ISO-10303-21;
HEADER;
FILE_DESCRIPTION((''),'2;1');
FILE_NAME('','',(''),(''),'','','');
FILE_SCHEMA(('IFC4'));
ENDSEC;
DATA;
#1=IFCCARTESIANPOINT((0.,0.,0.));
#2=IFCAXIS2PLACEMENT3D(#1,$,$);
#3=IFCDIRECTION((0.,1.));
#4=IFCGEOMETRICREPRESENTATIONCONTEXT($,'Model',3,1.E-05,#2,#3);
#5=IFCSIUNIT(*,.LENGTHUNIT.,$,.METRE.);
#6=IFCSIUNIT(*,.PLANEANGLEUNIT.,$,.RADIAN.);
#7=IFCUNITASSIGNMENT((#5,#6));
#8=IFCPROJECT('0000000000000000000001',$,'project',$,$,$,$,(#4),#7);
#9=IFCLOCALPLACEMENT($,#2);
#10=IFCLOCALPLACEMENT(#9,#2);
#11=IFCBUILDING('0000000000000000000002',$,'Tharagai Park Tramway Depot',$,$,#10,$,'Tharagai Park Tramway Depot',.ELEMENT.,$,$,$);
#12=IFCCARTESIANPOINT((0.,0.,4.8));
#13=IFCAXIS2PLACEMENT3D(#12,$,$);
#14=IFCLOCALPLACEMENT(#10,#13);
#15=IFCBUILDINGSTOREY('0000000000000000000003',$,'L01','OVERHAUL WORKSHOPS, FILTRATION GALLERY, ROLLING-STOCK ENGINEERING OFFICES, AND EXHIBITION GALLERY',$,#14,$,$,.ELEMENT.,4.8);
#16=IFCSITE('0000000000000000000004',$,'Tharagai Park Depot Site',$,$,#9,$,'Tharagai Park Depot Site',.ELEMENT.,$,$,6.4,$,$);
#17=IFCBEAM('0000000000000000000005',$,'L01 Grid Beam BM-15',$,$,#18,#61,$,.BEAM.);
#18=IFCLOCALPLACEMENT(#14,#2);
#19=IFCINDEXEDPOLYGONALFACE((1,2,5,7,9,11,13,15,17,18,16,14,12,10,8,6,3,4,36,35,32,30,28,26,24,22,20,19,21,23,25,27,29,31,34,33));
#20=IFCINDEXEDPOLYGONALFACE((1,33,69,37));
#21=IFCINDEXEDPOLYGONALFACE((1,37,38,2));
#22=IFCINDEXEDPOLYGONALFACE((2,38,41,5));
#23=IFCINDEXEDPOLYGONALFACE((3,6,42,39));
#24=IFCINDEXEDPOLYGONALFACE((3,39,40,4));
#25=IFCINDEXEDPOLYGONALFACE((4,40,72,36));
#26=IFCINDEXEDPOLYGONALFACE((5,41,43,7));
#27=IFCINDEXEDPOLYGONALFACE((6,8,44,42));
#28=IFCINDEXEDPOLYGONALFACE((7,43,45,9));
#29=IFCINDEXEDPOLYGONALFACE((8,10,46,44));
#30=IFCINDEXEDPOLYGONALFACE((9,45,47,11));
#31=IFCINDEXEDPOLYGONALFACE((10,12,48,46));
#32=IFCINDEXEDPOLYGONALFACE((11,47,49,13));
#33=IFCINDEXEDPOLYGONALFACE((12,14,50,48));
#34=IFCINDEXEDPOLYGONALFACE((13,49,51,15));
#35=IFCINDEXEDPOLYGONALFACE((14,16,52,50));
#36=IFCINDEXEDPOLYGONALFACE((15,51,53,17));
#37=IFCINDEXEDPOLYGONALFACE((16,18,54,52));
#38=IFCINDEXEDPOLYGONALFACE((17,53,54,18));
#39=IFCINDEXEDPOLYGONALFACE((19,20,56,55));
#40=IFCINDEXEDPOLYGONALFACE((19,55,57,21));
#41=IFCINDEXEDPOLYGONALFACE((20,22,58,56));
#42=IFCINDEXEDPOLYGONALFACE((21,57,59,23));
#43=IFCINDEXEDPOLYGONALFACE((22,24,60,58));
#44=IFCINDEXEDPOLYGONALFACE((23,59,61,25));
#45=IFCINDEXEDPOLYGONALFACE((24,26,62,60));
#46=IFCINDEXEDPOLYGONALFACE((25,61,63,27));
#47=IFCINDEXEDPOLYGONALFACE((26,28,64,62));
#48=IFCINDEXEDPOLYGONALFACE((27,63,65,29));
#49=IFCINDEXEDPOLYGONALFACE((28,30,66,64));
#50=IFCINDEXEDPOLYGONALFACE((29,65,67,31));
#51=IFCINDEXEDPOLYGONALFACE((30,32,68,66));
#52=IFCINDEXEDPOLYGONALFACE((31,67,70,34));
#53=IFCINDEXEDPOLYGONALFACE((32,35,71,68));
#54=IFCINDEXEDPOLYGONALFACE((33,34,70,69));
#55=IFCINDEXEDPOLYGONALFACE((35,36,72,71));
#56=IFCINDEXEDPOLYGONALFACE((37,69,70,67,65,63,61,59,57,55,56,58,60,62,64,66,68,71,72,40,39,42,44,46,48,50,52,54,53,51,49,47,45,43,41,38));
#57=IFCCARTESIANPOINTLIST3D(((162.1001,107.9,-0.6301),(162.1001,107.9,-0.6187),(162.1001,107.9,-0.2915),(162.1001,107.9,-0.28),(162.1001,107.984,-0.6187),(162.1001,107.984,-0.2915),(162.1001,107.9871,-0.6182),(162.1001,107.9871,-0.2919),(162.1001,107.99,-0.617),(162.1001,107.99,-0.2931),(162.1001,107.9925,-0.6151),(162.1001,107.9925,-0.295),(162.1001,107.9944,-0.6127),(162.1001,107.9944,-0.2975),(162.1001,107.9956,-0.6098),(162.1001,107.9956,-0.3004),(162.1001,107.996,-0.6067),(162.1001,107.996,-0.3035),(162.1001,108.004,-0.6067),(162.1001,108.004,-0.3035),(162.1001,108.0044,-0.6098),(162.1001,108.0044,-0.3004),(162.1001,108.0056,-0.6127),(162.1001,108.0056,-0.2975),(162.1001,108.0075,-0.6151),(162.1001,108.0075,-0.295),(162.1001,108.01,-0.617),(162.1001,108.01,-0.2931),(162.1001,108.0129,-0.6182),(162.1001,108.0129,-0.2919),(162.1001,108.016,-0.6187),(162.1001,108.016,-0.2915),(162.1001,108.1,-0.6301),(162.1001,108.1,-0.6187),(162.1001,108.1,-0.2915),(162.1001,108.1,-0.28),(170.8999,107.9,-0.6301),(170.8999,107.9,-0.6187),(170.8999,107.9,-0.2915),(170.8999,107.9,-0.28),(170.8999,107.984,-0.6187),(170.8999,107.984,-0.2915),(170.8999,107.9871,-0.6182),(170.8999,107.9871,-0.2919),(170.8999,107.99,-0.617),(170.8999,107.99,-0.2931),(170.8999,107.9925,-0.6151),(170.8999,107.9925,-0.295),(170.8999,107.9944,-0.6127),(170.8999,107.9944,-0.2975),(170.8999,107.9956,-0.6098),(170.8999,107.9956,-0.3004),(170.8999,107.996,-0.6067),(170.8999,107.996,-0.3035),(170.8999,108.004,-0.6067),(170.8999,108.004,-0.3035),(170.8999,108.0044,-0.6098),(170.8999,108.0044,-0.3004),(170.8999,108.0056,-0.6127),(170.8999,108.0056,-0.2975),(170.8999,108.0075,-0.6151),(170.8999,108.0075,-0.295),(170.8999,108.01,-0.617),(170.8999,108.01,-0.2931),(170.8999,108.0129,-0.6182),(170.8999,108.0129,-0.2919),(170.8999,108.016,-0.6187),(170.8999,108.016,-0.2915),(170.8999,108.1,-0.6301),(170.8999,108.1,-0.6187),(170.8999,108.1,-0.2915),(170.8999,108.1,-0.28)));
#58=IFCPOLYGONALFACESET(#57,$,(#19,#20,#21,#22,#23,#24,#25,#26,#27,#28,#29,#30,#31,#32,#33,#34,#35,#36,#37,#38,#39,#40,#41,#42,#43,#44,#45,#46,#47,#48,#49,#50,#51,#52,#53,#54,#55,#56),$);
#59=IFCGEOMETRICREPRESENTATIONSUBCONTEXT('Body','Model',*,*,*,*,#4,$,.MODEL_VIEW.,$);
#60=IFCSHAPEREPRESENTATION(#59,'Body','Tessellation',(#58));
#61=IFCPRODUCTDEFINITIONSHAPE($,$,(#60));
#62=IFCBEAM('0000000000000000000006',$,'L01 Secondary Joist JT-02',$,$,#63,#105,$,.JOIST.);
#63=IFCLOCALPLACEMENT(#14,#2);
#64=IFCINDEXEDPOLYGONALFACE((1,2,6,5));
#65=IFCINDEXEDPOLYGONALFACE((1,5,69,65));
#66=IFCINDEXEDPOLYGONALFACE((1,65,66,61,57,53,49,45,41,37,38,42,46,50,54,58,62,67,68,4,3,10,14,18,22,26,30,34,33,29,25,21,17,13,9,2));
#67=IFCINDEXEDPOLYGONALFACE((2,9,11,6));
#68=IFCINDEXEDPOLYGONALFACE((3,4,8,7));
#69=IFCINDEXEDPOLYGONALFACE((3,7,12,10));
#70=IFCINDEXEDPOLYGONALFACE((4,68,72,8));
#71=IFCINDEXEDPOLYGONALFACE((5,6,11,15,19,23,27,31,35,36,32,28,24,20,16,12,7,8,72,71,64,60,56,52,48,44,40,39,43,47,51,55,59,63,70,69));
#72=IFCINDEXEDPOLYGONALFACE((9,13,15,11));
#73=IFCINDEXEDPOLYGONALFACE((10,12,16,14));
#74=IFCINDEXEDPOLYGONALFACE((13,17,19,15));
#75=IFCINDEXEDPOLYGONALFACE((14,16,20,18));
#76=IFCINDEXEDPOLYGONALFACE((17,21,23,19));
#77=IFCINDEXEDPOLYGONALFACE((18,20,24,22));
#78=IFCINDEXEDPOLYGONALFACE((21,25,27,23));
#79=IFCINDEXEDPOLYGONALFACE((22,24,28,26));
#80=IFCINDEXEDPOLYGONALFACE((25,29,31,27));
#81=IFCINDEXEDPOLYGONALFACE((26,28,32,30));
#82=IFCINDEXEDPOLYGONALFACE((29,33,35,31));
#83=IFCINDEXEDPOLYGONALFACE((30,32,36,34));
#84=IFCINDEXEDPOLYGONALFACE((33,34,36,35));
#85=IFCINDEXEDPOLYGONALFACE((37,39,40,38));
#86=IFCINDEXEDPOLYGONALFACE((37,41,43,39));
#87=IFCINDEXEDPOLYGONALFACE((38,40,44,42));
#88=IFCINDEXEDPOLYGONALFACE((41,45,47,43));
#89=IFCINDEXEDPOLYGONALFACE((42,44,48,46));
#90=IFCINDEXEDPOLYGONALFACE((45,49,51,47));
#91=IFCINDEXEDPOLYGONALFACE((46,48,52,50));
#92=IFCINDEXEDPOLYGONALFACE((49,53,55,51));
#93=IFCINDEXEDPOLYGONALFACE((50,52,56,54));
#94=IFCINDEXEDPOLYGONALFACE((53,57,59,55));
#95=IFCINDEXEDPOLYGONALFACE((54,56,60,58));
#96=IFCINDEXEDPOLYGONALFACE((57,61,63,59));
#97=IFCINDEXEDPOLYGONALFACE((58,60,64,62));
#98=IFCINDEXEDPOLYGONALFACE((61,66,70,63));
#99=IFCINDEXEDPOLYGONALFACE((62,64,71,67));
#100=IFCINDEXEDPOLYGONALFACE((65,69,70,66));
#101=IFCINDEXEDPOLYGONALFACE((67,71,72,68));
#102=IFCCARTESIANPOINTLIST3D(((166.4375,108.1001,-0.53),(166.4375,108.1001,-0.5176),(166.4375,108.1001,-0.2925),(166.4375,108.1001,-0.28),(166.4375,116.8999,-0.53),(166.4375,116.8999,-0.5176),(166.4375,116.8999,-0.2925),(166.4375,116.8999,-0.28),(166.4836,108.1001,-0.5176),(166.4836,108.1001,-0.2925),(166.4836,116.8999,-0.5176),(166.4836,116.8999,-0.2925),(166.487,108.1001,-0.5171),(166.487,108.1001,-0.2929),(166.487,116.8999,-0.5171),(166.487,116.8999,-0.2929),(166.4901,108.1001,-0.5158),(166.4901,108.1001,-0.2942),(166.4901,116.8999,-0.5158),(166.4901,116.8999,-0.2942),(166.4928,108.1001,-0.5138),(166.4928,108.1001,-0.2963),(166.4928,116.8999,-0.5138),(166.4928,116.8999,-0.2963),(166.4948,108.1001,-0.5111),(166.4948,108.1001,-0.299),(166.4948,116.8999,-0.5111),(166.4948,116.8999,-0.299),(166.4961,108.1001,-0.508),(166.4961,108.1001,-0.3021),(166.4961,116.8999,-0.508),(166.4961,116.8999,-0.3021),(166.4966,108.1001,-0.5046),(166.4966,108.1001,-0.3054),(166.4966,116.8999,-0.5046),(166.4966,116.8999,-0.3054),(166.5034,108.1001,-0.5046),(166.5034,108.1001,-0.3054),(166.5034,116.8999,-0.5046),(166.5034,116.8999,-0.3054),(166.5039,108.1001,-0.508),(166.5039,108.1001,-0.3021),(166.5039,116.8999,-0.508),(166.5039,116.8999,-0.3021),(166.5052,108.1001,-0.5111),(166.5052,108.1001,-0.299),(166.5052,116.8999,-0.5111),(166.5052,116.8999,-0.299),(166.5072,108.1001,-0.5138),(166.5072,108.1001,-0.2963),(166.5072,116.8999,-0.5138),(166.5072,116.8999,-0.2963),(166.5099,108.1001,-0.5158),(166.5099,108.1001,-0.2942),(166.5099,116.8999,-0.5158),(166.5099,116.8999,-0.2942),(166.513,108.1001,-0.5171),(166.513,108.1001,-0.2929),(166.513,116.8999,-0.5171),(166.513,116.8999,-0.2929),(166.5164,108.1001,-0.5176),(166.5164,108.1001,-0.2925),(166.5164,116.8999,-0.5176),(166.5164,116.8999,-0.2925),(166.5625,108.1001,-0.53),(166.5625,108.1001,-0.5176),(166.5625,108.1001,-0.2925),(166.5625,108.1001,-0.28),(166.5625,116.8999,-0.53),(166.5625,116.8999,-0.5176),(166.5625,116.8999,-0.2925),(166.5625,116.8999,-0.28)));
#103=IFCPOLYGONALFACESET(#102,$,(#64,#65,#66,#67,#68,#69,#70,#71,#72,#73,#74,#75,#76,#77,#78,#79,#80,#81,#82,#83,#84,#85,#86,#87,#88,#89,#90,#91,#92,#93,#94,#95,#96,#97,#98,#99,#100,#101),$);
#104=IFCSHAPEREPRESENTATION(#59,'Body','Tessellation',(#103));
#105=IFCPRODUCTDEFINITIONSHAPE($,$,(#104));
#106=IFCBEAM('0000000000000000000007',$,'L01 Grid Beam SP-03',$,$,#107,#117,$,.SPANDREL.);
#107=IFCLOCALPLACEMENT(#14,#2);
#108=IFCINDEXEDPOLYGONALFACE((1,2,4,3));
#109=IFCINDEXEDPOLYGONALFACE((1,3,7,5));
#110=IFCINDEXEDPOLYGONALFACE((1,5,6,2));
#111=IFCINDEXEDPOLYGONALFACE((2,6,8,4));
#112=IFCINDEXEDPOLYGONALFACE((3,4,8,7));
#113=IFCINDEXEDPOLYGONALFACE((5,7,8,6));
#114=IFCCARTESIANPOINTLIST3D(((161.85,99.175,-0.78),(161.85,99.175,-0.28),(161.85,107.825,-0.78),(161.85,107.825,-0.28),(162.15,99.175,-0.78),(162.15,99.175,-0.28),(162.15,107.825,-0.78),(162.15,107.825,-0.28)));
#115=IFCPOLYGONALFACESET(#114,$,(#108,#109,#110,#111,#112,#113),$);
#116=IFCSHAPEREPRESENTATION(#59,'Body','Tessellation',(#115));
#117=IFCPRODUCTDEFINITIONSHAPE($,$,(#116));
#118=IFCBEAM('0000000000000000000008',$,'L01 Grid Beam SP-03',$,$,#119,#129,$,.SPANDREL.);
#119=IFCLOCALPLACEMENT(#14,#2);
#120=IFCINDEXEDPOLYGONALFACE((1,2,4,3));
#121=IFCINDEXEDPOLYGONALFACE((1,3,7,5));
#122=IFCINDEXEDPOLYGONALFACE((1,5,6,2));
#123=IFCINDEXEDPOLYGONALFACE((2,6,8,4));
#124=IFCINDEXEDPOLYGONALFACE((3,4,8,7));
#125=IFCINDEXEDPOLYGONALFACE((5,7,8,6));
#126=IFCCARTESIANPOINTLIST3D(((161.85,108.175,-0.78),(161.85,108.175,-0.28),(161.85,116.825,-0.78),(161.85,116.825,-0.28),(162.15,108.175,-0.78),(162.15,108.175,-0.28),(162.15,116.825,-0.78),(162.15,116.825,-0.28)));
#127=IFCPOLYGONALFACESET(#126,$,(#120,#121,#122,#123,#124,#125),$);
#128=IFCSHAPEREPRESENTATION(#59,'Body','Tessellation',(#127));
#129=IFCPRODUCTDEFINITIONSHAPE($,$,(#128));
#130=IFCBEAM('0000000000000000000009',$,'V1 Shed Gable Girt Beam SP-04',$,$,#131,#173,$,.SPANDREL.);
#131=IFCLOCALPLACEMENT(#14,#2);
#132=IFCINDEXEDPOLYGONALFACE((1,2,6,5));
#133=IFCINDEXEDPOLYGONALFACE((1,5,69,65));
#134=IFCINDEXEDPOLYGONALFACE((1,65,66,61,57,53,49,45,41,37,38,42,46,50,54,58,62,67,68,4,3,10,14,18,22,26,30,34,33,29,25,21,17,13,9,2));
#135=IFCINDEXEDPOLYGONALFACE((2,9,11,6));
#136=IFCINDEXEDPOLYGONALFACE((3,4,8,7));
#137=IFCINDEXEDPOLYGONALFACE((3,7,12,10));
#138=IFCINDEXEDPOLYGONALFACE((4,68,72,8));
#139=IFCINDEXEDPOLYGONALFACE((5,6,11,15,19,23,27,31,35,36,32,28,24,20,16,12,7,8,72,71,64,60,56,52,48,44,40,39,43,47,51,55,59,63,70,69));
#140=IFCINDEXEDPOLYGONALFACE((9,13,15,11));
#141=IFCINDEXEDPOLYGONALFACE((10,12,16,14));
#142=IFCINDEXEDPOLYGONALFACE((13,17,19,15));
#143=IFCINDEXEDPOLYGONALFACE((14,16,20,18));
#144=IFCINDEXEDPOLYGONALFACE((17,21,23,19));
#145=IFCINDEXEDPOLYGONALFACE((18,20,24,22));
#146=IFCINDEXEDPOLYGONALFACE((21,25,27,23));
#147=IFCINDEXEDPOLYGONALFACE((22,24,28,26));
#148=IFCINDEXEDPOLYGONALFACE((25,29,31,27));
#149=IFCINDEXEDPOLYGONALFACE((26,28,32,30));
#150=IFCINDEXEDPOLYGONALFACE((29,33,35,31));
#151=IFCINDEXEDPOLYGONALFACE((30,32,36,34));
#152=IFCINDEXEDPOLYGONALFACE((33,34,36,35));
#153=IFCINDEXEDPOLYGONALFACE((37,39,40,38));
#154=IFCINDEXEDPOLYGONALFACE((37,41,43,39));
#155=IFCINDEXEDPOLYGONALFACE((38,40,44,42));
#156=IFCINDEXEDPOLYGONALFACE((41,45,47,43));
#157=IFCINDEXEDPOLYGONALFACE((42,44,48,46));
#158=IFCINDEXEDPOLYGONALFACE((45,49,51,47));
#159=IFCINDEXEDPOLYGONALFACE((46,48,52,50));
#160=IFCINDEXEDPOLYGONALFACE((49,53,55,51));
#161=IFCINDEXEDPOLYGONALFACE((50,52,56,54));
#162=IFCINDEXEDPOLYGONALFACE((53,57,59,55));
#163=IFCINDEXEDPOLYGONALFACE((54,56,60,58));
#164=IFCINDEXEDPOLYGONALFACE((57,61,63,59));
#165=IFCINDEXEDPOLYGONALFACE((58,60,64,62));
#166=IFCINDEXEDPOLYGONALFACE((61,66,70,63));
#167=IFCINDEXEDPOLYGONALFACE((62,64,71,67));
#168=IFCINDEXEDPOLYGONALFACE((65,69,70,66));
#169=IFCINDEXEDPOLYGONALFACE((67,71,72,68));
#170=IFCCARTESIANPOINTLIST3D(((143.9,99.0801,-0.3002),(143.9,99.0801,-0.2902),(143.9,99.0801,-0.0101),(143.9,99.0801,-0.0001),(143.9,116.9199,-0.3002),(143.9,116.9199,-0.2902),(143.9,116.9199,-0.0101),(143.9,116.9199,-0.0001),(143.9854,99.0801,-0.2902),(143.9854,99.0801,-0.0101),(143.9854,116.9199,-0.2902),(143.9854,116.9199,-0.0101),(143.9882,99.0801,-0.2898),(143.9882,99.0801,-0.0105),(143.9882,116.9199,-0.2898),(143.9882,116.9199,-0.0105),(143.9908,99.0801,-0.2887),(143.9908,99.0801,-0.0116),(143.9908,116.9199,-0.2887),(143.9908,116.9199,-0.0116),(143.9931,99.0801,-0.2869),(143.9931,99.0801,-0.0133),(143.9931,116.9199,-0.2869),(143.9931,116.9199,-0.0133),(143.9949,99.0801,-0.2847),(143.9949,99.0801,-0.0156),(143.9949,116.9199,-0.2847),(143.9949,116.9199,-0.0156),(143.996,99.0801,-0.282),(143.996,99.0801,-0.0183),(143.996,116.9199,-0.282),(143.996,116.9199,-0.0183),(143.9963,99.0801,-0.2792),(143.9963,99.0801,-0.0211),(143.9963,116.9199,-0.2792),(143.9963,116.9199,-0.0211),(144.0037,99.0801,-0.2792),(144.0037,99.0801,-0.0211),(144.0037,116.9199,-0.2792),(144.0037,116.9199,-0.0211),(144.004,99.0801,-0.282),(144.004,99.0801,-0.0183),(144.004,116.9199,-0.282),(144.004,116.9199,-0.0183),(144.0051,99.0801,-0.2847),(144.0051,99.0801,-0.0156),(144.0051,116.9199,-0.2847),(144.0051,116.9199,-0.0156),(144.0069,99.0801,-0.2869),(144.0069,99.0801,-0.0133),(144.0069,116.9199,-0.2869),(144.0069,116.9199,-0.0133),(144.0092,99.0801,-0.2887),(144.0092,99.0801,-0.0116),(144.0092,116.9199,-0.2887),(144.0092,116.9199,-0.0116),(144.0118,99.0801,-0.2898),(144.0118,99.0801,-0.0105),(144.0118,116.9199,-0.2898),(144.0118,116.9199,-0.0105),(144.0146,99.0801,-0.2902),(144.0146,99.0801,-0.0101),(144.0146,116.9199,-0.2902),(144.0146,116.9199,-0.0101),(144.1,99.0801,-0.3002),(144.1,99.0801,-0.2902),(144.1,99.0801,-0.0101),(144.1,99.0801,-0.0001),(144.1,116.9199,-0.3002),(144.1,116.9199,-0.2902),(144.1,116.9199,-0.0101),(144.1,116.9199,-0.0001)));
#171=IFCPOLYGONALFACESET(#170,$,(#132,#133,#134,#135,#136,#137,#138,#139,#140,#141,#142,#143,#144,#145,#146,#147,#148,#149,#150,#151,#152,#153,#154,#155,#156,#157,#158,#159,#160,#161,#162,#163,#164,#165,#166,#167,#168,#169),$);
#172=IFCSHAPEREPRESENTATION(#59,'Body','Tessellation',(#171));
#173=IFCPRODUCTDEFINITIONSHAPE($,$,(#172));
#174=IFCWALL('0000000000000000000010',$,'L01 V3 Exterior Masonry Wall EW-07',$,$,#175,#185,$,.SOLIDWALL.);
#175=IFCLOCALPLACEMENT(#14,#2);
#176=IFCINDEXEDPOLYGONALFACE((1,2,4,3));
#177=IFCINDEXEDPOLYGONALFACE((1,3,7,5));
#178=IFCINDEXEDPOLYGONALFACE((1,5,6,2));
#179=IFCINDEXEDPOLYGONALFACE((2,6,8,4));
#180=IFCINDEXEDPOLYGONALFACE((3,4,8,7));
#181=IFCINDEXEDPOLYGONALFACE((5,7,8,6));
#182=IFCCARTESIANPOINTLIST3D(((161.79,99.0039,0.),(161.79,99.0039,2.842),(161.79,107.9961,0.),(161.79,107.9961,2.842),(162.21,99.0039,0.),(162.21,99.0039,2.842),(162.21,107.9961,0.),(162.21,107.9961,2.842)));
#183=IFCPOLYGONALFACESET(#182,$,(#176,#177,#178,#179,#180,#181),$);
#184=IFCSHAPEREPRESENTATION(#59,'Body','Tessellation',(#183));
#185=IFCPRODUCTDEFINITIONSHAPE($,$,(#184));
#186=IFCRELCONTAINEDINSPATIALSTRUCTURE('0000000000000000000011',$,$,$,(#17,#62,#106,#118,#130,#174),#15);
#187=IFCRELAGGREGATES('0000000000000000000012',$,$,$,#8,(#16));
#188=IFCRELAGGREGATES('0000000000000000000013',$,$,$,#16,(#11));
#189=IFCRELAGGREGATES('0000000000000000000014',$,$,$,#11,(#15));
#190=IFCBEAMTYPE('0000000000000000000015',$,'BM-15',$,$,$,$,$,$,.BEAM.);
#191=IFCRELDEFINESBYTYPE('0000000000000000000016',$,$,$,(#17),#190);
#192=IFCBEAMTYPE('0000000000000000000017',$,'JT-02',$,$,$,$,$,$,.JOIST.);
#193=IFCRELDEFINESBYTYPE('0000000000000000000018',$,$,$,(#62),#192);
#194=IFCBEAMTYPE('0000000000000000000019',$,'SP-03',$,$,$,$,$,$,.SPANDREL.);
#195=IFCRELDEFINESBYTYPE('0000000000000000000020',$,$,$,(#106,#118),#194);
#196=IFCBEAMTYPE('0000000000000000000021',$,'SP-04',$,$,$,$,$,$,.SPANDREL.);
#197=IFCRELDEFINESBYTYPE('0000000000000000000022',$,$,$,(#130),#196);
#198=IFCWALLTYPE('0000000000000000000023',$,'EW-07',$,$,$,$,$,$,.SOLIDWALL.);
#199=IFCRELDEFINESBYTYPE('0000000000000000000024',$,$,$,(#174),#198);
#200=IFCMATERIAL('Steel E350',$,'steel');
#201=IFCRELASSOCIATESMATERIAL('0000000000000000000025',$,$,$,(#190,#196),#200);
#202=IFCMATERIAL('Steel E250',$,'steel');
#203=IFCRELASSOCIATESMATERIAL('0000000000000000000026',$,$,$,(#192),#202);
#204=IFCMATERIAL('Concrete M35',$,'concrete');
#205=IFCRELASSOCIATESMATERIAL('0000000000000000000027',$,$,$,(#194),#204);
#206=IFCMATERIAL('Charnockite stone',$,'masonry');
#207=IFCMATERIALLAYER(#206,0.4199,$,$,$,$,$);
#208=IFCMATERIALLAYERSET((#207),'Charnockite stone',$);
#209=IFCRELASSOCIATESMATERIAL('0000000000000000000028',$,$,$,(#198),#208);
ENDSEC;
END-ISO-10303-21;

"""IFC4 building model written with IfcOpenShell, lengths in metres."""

from ifc_helpers import new_model, si_unit, direction, frame, frame_2d, origin, origin_2d, place, context, subcontext, project, spatial, rectangle, i_section, extrude, material, layer, layer_set, material_profile, profile_set, type_object, element, save


model = new_model("IFC4")

# Units and contexts
model_context = context("Model", 3, precision=1e-05, world=origin(), true_north=direction((0.0, 1.0)))
body_context = subcontext(model_context, "Body", "Model", "MODEL_VIEW")
ifc_project = project(units=[si_unit("LENGTHUNIT", "METRE"), si_unit("PLANEANGLEUNIT", "RADIAN")], contexts=[model_context])

# Site, building, storey
site_placement = place(None, origin())
site = spatial("IfcSite", under=ifc_project, at=site_placement, Name="Tharagai Park Depot Site", LongName="Tharagai Park Depot Site", CompositionType="ELEMENT", RefElevation=6.4)
building_placement = place(site_placement, origin())
building = spatial("IfcBuilding", under=site, at=building_placement, Name="Tharagai Park Tramway Depot", LongName="Tharagai Park Tramway Depot", CompositionType="ELEMENT")
storey_placement = place(building_placement, frame((0.0, 0.0, 4.8)))
storey = spatial("IfcBuildingStorey", under=building, at=storey_placement, Name="L01", Description="OVERHAUL WORKSHOPS, FILTRATION GALLERY, ROLLING-STOCK ENGINEERING OFFICES, AND EXHIBITION GALLERY", CompositionType="ELEMENT", Elevation=4.8)

# Shared definitions
ifc_material_1 = material(Name="Steel E350", Category="steel")

# Beams
ifc_material_profile_1 = material_profile(ifc_material_1, i_section(OverallWidth=0.2, OverallDepth=0.3501, WebThickness=0.0081, FlangeThickness=0.0115, FilletRadius=0.012, at=origin_2d()), Name="ISWB 350")
ifc_profile_set_1 = profile_set([ifc_material_profile_1], Name="Steel E350")
beam_type_1 = type_object("IfcBeamType", Name="BM-15", PredefinedType="BEAM", material=ifc_profile_set_1)
beam_1_placement = place(storey_placement, frame((162.1001, 108.0, -0.4551), z_axis=(1.0, 0.0, 0.0), x_axis=(0.0, 1.0, 0.0)))
element("IfcBeam", 1, at=beam_1_placement, inside=storey, type_object=beam_type_1, Name="L01 Grid Beam BM-15", PredefinedType="BEAM", context=body_context, shape_type="SweptSolid", body=[
    extrude(i_section(OverallWidth=0.2, OverallDepth=0.3501, WebThickness=0.0081, FlangeThickness=0.0115, FilletRadius=0.012, at=origin_2d()), origin(), (0.0, 0.0, 1.0), 8.7998),
])
ifc_material_2 = material(Name="Steel E250", Category="steel")
ifc_material_profile_2 = material_profile(ifc_material_2, i_section(OverallWidth=0.125, OverallDepth=0.25, WebThickness=0.0068, FlangeThickness=0.0125, FilletRadius=0.0129, at=origin_2d()), Name="ISMB 250")
ifc_profile_set_2 = profile_set([ifc_material_profile_2], Name="Steel E250")
beam_type_2 = type_object("IfcBeamType", Name="JT-02", PredefinedType="JOIST", material=ifc_profile_set_2)
beam_2_placement = place(storey_placement, frame((166.5, 108.1001, -0.405), z_axis=(0.0, 1.0, 0.0), x_axis=(-1.0, 0.0, 0.0)))
element("IfcBeam", 2, at=beam_2_placement, inside=storey, type_object=beam_type_2, Name="L01 Secondary Joist JT-02", PredefinedType="JOIST", context=body_context, shape_type="SweptSolid", body=[
    extrude(i_section(OverallWidth=0.125, OverallDepth=0.25, WebThickness=0.0068, FlangeThickness=0.0125, FilletRadius=0.0129, at=origin_2d()), origin(), (0.0, 0.0, 1.0), 8.7998),
])
ifc_material_3 = material(Name="Concrete M35", Category="concrete")
ifc_material_profile_3 = material_profile(ifc_material_3, rectangle(XDim=0.3, YDim=0.5, at=origin_2d()), Name="RC 300x500")
ifc_profile_set_3 = profile_set([ifc_material_profile_3], Name="Concrete M35")
beam_type_3 = type_object("IfcBeamType", Name="SP-03", PredefinedType="SPANDREL", material=ifc_profile_set_3)
for number, where, z_axis, x_axis, name in (
    (3, (162.0, 99.175, -0.53), (0.0, 1.0, 0.0), (-1.0, 0.0, 0.0), "L01 Grid Beam SP-03"),
    (4, (162.0, 108.175, -0.53), (0.0, 1.0, 0.0), (-1.0, 0.0, 0.0), "L01 Grid Beam SP-03"),
):
    element("IfcBeam", number, at=place(storey_placement, frame(where, z_axis=z_axis, x_axis=x_axis)), inside=storey, type_object=beam_type_3, Name=name, PredefinedType="SPANDREL", context=body_context, shape_type="SweptSolid", body=[
        extrude(rectangle(XDim=0.3, YDim=0.5, at=origin_2d()), origin(), (0.0, 0.0, 1.0), 8.6499),
    ])
ifc_material_profile_4 = material_profile(ifc_material_1, i_section(OverallWidth=0.2, OverallDepth=0.3, WebThickness=0.0073, FlangeThickness=0.01, FilletRadius=0.011, at=origin_2d()), Name="ISWB 300")
ifc_profile_set_4 = profile_set([ifc_material_profile_4], Name="Steel E350")
beam_type_4 = type_object("IfcBeamType", Name="SP-04", PredefinedType="SPANDREL", material=ifc_profile_set_4)
beam_3_placement = place(storey_placement, frame((144.0, 99.0801, -0.1501), z_axis=(0.0, 1.0, 0.0), x_axis=(-1.0, 0.0, 0.0)))
element("IfcBeam", 5, at=beam_3_placement, inside=storey, type_object=beam_type_4, Name="V1 Shed Gable Girt Beam SP-04", PredefinedType="SPANDREL", context=body_context, shape_type="SweptSolid", body=[
    extrude(i_section(OverallWidth=0.2, OverallDepth=0.3, WebThickness=0.0073, FlangeThickness=0.01, FilletRadius=0.011, at=origin_2d()), origin(), (0.0, 0.0, 1.0), 17.8398),
])

# Wall
ifc_material_4 = material(Name="Charnockite stone", Category="masonry")
ifc_layer_1 = layer(ifc_material_4, 0.4199)
ifc_layer_set_1 = layer_set([ifc_layer_1], Name="Charnockite stone")
wall_type_1 = type_object("IfcWallType", Name="EW-07", PredefinedType="SOLIDWALL", material=ifc_layer_set_1)
wall_1_placement = place(storey_placement, frame((162.0, 99.0039, 0.0), z_axis=(0.0, 0.0, 1.0), x_axis=(0.0, 1.0, 0.0)))
element("IfcWall", 6, at=wall_1_placement, inside=storey, type_object=wall_type_1, Name="L01 V3 Exterior Masonry Wall EW-07", PredefinedType="SOLIDWALL", context=body_context, shape_type="SweptSolid", body=[
    extrude(rectangle(XDim=8.9922, YDim=0.4199, at=frame_2d((4.4961, 0.0))), origin(), (0.0, 0.0, 1.0), 2.842),
])

save(model, "model.ifc")
